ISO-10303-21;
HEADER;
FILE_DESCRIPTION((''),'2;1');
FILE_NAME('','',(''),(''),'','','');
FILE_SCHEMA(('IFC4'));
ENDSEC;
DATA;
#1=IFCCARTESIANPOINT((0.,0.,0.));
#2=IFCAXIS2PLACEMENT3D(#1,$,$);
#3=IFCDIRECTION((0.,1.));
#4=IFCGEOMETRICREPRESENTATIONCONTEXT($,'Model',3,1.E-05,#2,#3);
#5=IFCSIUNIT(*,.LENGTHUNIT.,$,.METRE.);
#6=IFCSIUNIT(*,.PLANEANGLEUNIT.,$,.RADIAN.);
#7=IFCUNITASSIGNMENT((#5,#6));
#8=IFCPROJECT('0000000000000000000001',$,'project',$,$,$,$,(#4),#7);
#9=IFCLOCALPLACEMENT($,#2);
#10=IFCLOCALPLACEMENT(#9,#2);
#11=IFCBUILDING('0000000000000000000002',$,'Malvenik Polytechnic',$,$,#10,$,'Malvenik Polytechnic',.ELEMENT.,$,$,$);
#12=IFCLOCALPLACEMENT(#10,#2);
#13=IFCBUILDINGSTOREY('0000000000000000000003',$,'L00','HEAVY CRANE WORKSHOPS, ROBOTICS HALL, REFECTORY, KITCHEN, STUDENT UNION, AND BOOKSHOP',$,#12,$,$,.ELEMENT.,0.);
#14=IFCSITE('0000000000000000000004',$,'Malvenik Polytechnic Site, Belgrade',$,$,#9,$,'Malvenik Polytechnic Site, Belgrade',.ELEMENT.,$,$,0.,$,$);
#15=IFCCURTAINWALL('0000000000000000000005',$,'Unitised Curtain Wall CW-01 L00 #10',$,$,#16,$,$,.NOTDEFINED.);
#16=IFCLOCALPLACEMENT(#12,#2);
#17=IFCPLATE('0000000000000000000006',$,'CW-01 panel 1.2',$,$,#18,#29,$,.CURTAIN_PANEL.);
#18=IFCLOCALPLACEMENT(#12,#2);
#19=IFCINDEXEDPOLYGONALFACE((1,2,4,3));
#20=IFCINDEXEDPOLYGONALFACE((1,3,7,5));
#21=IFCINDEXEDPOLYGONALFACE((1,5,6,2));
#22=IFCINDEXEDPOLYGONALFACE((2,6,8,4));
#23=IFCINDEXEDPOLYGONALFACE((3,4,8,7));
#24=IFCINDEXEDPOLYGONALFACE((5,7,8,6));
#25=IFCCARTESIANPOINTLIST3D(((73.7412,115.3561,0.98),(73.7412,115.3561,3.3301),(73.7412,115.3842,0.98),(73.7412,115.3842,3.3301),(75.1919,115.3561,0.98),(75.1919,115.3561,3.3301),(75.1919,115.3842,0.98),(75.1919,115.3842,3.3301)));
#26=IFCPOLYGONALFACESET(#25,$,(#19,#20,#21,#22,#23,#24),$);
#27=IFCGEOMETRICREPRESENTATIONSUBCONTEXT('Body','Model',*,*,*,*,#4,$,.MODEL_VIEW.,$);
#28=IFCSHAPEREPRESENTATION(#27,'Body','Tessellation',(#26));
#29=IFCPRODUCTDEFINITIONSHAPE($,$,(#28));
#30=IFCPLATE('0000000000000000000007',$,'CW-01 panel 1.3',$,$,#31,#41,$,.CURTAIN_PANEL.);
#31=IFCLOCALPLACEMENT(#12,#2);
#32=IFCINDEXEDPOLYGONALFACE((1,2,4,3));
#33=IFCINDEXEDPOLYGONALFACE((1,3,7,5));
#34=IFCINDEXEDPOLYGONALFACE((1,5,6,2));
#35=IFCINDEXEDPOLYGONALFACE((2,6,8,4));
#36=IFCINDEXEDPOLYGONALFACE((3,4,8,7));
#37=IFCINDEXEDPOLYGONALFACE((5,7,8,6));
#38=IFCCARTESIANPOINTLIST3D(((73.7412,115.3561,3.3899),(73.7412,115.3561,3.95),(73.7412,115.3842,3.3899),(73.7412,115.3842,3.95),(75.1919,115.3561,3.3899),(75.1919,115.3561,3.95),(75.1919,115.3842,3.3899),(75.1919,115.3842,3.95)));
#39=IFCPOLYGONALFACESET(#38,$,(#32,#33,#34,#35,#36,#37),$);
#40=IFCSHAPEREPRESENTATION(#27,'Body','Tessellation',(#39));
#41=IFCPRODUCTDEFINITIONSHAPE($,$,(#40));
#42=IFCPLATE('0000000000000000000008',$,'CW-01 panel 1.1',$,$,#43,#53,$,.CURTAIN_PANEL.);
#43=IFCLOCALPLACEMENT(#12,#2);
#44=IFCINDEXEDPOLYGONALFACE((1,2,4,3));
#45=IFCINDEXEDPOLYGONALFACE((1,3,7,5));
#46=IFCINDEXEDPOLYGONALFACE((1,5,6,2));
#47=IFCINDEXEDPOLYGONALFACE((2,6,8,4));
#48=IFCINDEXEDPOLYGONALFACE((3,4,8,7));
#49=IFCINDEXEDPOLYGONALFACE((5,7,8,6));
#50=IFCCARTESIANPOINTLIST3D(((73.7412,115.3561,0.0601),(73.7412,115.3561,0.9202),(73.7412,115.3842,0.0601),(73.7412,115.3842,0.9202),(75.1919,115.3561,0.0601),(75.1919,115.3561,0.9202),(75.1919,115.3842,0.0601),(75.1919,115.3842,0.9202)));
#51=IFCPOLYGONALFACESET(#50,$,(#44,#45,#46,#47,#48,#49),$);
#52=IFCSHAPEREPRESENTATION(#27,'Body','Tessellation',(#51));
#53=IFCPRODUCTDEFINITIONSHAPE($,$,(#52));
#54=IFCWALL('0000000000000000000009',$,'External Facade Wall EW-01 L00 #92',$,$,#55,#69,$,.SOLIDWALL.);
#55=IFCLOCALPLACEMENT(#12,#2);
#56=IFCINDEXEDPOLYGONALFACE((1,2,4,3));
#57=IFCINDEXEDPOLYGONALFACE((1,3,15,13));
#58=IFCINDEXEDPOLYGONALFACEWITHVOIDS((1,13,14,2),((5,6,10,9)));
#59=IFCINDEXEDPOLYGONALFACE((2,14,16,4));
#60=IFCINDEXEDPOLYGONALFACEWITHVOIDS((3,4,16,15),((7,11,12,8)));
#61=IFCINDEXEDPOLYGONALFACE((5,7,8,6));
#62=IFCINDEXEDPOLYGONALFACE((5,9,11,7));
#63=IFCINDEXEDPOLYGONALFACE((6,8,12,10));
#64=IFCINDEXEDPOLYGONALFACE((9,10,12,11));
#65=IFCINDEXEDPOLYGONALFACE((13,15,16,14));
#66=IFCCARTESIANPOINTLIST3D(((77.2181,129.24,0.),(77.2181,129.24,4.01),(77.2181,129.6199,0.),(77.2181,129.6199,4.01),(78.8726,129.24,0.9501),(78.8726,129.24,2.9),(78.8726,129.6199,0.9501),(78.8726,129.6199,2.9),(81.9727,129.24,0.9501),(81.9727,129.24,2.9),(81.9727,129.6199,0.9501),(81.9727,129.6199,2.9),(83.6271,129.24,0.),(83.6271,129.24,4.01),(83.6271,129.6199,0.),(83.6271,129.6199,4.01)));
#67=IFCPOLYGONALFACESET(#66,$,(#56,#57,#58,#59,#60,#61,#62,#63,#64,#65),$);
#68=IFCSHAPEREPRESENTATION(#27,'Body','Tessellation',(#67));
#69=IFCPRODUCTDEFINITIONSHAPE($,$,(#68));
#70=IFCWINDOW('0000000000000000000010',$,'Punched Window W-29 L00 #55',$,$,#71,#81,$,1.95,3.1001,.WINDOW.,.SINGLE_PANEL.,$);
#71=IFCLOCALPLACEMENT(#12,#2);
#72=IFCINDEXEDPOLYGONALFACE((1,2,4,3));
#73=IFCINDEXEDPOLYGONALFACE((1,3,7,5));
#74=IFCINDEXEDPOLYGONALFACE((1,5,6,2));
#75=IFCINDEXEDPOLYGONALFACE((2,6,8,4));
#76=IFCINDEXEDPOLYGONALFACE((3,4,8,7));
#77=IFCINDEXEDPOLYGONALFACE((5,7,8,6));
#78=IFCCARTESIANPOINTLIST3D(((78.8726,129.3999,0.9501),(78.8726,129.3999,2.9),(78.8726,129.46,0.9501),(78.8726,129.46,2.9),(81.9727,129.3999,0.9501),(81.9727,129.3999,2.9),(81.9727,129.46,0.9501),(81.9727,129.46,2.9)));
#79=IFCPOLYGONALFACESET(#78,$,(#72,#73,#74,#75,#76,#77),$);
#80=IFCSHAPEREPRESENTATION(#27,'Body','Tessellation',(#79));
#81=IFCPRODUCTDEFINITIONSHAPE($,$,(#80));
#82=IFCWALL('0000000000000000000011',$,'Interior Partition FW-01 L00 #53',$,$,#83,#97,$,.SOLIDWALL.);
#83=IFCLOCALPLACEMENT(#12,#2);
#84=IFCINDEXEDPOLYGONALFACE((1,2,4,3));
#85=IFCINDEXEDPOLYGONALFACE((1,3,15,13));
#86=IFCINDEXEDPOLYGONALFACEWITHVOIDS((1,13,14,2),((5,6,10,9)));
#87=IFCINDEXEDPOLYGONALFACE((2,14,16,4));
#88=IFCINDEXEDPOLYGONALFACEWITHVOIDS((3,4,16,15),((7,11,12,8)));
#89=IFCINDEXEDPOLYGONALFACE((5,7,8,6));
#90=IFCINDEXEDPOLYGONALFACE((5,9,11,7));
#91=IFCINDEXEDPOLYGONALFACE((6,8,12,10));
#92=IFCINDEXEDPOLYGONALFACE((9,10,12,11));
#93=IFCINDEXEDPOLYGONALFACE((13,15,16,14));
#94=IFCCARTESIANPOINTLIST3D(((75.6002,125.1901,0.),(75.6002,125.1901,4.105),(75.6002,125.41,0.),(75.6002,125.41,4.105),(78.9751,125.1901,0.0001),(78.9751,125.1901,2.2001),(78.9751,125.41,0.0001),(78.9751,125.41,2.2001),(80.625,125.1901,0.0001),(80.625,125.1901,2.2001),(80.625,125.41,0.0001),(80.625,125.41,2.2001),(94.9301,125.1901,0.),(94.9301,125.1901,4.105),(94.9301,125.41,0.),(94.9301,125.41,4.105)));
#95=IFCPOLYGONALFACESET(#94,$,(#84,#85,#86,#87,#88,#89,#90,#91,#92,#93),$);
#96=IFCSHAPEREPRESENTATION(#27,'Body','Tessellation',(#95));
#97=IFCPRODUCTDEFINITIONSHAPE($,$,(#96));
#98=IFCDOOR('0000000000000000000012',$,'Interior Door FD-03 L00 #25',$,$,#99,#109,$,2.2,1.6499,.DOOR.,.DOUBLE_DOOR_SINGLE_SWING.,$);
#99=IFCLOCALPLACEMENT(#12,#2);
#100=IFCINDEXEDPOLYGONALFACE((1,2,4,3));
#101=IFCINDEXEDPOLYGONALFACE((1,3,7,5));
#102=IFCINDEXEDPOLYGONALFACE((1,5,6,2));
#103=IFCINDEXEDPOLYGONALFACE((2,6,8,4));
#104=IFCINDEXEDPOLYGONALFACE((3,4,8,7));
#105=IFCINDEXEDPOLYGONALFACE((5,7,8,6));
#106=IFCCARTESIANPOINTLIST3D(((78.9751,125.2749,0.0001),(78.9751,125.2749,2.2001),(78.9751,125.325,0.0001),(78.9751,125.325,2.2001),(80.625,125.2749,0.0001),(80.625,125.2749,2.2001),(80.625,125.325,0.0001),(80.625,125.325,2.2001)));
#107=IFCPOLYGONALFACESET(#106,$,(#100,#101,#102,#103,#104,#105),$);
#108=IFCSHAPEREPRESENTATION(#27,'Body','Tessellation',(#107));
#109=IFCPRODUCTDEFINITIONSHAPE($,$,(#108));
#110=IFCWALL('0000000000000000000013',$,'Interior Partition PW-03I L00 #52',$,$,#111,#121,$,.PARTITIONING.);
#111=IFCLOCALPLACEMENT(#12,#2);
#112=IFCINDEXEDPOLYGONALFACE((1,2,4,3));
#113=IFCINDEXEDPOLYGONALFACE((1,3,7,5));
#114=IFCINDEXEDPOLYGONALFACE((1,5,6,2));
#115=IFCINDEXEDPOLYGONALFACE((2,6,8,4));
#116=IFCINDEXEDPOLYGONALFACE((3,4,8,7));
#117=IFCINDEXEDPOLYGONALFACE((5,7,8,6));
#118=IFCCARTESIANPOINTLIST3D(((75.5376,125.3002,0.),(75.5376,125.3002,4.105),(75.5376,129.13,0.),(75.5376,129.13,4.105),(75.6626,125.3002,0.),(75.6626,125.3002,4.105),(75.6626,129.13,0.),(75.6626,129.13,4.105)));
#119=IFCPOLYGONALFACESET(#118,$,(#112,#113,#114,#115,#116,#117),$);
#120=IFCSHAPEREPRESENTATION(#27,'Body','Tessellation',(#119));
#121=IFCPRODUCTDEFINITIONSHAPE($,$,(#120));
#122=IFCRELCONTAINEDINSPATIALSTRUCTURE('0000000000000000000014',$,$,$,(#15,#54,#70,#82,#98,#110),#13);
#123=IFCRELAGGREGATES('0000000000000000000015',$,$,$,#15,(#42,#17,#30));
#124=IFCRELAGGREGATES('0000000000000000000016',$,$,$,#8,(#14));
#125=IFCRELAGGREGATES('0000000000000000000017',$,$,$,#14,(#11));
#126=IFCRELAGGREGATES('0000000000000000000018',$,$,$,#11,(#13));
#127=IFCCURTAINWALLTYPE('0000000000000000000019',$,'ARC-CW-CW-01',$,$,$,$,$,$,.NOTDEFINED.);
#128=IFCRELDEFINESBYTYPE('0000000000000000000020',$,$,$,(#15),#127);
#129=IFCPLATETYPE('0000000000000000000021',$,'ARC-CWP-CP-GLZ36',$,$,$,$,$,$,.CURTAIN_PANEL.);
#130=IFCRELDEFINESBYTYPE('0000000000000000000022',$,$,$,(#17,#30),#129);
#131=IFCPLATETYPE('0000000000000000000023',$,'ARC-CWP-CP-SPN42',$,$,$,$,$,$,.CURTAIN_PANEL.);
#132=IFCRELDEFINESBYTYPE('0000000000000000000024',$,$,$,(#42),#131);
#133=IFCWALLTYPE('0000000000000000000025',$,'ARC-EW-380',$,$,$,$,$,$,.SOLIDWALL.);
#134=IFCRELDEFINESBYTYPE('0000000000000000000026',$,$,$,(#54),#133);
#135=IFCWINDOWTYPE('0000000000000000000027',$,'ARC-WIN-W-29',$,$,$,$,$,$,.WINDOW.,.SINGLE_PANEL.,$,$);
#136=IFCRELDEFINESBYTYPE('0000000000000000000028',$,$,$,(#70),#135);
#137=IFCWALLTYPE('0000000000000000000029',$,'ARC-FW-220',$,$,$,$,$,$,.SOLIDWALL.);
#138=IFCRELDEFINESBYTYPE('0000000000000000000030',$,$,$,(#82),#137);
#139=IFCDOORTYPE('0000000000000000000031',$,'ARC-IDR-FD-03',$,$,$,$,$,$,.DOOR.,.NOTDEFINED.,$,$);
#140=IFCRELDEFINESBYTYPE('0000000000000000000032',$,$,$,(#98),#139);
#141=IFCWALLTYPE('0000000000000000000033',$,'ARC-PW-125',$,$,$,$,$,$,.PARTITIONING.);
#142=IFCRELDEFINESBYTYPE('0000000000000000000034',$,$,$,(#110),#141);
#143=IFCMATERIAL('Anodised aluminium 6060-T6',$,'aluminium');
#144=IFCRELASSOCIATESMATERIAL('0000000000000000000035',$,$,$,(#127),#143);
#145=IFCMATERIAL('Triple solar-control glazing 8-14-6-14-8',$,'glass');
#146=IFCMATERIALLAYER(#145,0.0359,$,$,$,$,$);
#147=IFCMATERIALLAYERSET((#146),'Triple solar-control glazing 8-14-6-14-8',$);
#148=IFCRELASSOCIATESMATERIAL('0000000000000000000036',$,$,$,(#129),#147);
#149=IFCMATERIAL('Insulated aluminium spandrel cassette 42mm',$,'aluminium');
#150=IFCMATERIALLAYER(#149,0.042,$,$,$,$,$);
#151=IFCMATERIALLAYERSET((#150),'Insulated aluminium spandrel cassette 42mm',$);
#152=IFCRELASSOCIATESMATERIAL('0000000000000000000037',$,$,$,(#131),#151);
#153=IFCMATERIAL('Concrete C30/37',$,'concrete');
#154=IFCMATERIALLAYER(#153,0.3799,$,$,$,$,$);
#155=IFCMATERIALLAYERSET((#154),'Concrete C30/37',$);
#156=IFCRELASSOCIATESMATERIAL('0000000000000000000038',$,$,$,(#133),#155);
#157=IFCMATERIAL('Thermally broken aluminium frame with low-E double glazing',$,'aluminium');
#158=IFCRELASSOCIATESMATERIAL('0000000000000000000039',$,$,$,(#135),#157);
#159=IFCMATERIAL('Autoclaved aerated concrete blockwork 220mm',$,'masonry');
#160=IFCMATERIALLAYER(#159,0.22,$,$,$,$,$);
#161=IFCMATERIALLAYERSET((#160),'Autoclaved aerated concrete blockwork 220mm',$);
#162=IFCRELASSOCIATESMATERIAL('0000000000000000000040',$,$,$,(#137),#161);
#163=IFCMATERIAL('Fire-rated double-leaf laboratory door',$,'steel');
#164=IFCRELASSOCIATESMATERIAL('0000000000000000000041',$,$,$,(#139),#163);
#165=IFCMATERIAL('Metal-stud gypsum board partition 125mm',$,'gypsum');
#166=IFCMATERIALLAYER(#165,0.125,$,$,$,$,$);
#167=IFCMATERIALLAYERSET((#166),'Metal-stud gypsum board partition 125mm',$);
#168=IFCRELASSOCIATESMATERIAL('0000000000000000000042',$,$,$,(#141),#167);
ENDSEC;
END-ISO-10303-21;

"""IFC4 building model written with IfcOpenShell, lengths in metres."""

from ifc_helpers import new_model, si_unit, direction, frame, frame_2d, origin, origin_2d, place, context, subcontext, project, spatial, rectangle, extrude, material, layer, layer_set, type_object, element, fill, aggregate, save


model = new_model("IFC4")

# Units and contexts
model_context = context("Model", 3, precision=1e-05, world=origin(), true_north=direction((0.0, 1.0)))
body_context = subcontext(model_context, "Body", "Model", "MODEL_VIEW")
ifc_project = project(units=[si_unit("LENGTHUNIT", "METRE"), si_unit("PLANEANGLEUNIT", "RADIAN")], contexts=[model_context])

# Site, building, storey
site_placement = place(None, origin())
site = spatial("IfcSite", under=ifc_project, at=site_placement, Name="Malvenik Polytechnic Site, Belgrade", LongName="Malvenik Polytechnic Site, Belgrade", CompositionType="ELEMENT", RefElevation=0.0)
building_placement = place(site_placement, origin())
building = spatial("IfcBuilding", under=site, at=building_placement, Name="Malvenik Polytechnic", LongName="Malvenik Polytechnic", CompositionType="ELEMENT")
storey_placement = place(building_placement, origin())
storey = spatial("IfcBuildingStorey", under=building, at=storey_placement, Name="L00", Description="HEAVY CRANE WORKSHOPS, ROBOTICS HALL, REFECTORY, KITCHEN, STUDENT UNION, AND BOOKSHOP", CompositionType="ELEMENT", Elevation=0.0)

# Curtain wall
ifc_material_1 = material(Name="Anodised aluminium 6060-T6", Category="aluminium")
curtain_wall_type = type_object("IfcCurtainWallType", Name="ARC-CW-CW-01", PredefinedType="NOTDEFINED", material=ifc_material_1)
curtain_wall_placement = place(storey_placement, origin())
curtain_wall = element("IfcCurtainWall", 1, at=curtain_wall_placement, inside=storey, type_object=curtain_wall_type, Name="Unitised Curtain Wall CW-01 L00 #10", PredefinedType="NOTDEFINED")

# Plates
ifc_material_2 = material(Name="Triple solar-control glazing 8-14-6-14-8", Category="glass")
ifc_layer_1 = layer(ifc_material_2, 0.0359)
ifc_layer_set_1 = layer_set([ifc_layer_1], Name="Triple solar-control glazing 8-14-6-14-8")
plate_type_1 = type_object("IfcPlateType", Name="ARC-CWP-CP-GLZ36", PredefinedType="CURTAIN_PANEL", material=ifc_layer_set_1)
plate_1_placement = place(storey_placement, frame((74.4666, 115.3701, 0.98), z_axis=(0.0, 0.0, 1.0), x_axis=(-1.0, 0.0, 0.0)))
plate_1 = element("IfcPlate", 2, at=plate_1_placement, type_object=plate_type_1, Name="CW-01 panel 1.2", PredefinedType="CURTAIN_PANEL", context=body_context, shape_type="SweptSolid", body=[
    extrude(rectangle(XDim=1.4507, YDim=0.0281, at=origin_2d()), origin(), (0.0, 0.0, 1.0), 2.3501),
])
plate_2_placement = place(storey_placement, frame((74.4666, 115.3701, 3.3899), z_axis=(0.0, 0.0, 1.0), x_axis=(-1.0, 0.0, 0.0)))
plate_2 = element("IfcPlate", 3, at=plate_2_placement, type_object=plate_type_1, Name="CW-01 panel 1.3", PredefinedType="CURTAIN_PANEL", context=body_context, shape_type="SweptSolid", body=[
    extrude(rectangle(XDim=1.4507, YDim=0.0281, at=origin_2d()), origin(), (0.0, 0.0, 1.0), 0.5601),
])
ifc_material_3 = material(Name="Insulated aluminium spandrel cassette 42mm", Category="aluminium")
ifc_layer_2 = layer(ifc_material_3, 0.042)
ifc_layer_set_2 = layer_set([ifc_layer_2], Name="Insulated aluminium spandrel cassette 42mm")
plate_type_2 = type_object("IfcPlateType", Name="ARC-CWP-CP-SPN42", PredefinedType="CURTAIN_PANEL", material=ifc_layer_set_2)
plate_3_placement = place(storey_placement, frame((74.4666, 115.3701, 0.0601), z_axis=(0.0, 0.0, 1.0), x_axis=(-1.0, 0.0, 0.0)))
plate_3 = element("IfcPlate", 4, at=plate_3_placement, type_object=plate_type_2, Name="CW-01 panel 1.1", PredefinedType="CURTAIN_PANEL", context=body_context, shape_type="SweptSolid", body=[
    extrude(rectangle(XDim=1.4507, YDim=0.0281, at=origin_2d()), origin(), (0.0, 0.0, 1.0), 0.8601),
])
aggregate(curtain_wall, [plate_3, plate_1, plate_2])

# Wall, opening, window
ifc_material_4 = material(Name="Concrete C30/37", Category="concrete")
ifc_layer_3 = layer(ifc_material_4, 0.3799)
ifc_layer_set_3 = layer_set([ifc_layer_3], Name="Concrete C30/37")
wall_type_1 = type_object("IfcWallType", Name="ARC-EW-380", PredefinedType="SOLIDWALL", material=ifc_layer_set_3)
wall_1_placement = place(storey_placement, frame((77.218, 129.4299, 0.0), z_axis=(0.0, 0.0, 1.0), x_axis=(1.0, 0.0, 0.0)))
wall_1 = element("IfcWall", 5, at=wall_1_placement, inside=storey, type_object=wall_type_1, Name="External Facade Wall EW-01 L00 #92", PredefinedType="SOLIDWALL", context=body_context, shape_type="SweptSolid", body=[
    extrude(rectangle(XDim=6.4089, YDim=0.3799, at=frame_2d((3.2046, 0.0))), origin(), (0.0, 0.0, 1.0), 4.01),
])
opening_1_placement = place(wall_1_placement, frame((1.6545, 0.0, 0.95)))
opening_1 = element("IfcOpeningElement", 6, at=opening_1_placement, cuts=wall_1, PredefinedType="OPENING", context=body_context, shape_type="SweptSolid", body=[
    extrude(rectangle(XDim=3.1001, YDim=1.95, at=frame_2d((1.55, 0.9751))), frame((0.0, 0.2, 0.0), z_axis=(0.0, -1.0, 0.0), x_axis=(1.0, 0.0, 0.0)), (0.0, 0.0, 1.0), 0.3999),
])
ifc_material_5 = material(Name="Thermally broken aluminium frame with low-E double glazing", Category="aluminium")
window_type = type_object("IfcWindowType", Name="ARC-WIN-W-29", PartitioningType="SINGLE_PANEL", PredefinedType="WINDOW", material=ifc_material_5)
window_placement = place(opening_1_placement, origin())
window = element("IfcWindow", 7, at=window_placement, inside=storey, type_object=window_type, Name="Punched Window W-29 L00 #55", OverallHeight=1.95, OverallWidth=3.1001, PartitioningType="SINGLE_PANEL", PredefinedType="WINDOW", context=body_context, shape_type="SweptSolid", body=[
    extrude(rectangle(XDim=3.1001, YDim=1.95, at=frame_2d((1.55, 0.9751))), frame((0.0, 0.03, 0.0), z_axis=(0.0, -1.0, 0.0), x_axis=(1.0, 0.0, 0.0)), (0.0, 0.0, 1.0), 0.0601),
])
fill(opening_1, window)

# Wall, opening, door
ifc_material_6 = material(Name="Autoclaved aerated concrete blockwork 220mm", Category="masonry")
ifc_layer_4 = layer(ifc_material_6, 0.22)
ifc_layer_set_4 = layer_set([ifc_layer_4], Name="Autoclaved aerated concrete blockwork 220mm")
wall_type_2 = type_object("IfcWallType", Name="ARC-FW-220", PredefinedType="SOLIDWALL", material=ifc_layer_set_4)
wall_2_placement = place(storey_placement, frame((75.6001, 125.3, 0.0), z_axis=(0.0, 0.0, 1.0), x_axis=(1.0, 0.0, 0.0)))
wall_2 = element("IfcWall", 8, at=wall_2_placement, inside=storey, type_object=wall_type_2, Name="Interior Partition FW-01 L00 #53", PredefinedType="SOLIDWALL", context=body_context, shape_type="SweptSolid", body=[
    extrude(rectangle(XDim=19.3298, YDim=0.22, at=frame_2d((9.665, 0.0))), origin(), (0.0, 0.0, 1.0), 4.105),
])
opening_2_placement = place(wall_2_placement, frame((3.375, 0.0, 0.0)))
opening_2 = element("IfcOpeningElement", 9, at=opening_2_placement, cuts=wall_2, PredefinedType="OPENING", context=body_context, shape_type="SweptSolid", body=[
    extrude(rectangle(XDim=1.6499, YDim=2.2, at=frame_2d((0.825, 1.1001))), frame((0.0, 0.1201, 0.0), z_axis=(0.0, -1.0, 0.0), x_axis=(1.0, 0.0, 0.0)), (0.0, 0.0, 1.0), 0.24),
])
ifc_material_7 = material(Name="Fire-rated double-leaf laboratory door", Category="steel")
door_type = type_object("IfcDoorType", Name="ARC-IDR-FD-03", OperationType="NOTDEFINED", PredefinedType="DOOR", material=ifc_material_7)
door_placement = place(opening_2_placement, origin())
door = element("IfcDoor", 10, at=door_placement, inside=storey, type_object=door_type, Name="Interior Door FD-03 L00 #25", OperationType="DOUBLE_DOOR_SINGLE_SWING", OverallHeight=2.2, OverallWidth=1.6499, PredefinedType="DOOR", context=body_context, shape_type="SweptSolid", body=[
    extrude(rectangle(XDim=1.6499, YDim=2.2, at=frame_2d((0.825, 1.1001))), frame((0.0, 0.0249, 0.0), z_axis=(0.0, -1.0, 0.0), x_axis=(1.0, 0.0, 0.0)), (0.0, 0.0, 1.0), 0.05),
])
fill(opening_2, door)

# Wall
ifc_material_8 = material(Name="Metal-stud gypsum board partition 125mm", Category="gypsum")
ifc_layer_5 = layer(ifc_material_8, 0.125)
ifc_layer_set_5 = layer_set([ifc_layer_5], Name="Metal-stud gypsum board partition 125mm")
wall_type_3 = type_object("IfcWallType", Name="ARC-PW-125", PredefinedType="PARTITIONING", material=ifc_layer_set_5)
wall_3_placement = place(storey_placement, frame((75.6001, 125.3, 0.0), z_axis=(0.0, 0.0, 1.0), x_axis=(0.0, 1.0, 0.0)))
element("IfcWall", 11, at=wall_3_placement, inside=storey, type_object=wall_type_3, Name="Interior Partition PW-03I L00 #52", PredefinedType="PARTITIONING", context=body_context, shape_type="SweptSolid", body=[
    extrude(rectangle(XDim=3.8298, YDim=0.125, at=frame_2d((1.915, 0.0))), origin(), (0.0, 0.0, 1.0), 4.105),
])

save(model, "model.ifc")
